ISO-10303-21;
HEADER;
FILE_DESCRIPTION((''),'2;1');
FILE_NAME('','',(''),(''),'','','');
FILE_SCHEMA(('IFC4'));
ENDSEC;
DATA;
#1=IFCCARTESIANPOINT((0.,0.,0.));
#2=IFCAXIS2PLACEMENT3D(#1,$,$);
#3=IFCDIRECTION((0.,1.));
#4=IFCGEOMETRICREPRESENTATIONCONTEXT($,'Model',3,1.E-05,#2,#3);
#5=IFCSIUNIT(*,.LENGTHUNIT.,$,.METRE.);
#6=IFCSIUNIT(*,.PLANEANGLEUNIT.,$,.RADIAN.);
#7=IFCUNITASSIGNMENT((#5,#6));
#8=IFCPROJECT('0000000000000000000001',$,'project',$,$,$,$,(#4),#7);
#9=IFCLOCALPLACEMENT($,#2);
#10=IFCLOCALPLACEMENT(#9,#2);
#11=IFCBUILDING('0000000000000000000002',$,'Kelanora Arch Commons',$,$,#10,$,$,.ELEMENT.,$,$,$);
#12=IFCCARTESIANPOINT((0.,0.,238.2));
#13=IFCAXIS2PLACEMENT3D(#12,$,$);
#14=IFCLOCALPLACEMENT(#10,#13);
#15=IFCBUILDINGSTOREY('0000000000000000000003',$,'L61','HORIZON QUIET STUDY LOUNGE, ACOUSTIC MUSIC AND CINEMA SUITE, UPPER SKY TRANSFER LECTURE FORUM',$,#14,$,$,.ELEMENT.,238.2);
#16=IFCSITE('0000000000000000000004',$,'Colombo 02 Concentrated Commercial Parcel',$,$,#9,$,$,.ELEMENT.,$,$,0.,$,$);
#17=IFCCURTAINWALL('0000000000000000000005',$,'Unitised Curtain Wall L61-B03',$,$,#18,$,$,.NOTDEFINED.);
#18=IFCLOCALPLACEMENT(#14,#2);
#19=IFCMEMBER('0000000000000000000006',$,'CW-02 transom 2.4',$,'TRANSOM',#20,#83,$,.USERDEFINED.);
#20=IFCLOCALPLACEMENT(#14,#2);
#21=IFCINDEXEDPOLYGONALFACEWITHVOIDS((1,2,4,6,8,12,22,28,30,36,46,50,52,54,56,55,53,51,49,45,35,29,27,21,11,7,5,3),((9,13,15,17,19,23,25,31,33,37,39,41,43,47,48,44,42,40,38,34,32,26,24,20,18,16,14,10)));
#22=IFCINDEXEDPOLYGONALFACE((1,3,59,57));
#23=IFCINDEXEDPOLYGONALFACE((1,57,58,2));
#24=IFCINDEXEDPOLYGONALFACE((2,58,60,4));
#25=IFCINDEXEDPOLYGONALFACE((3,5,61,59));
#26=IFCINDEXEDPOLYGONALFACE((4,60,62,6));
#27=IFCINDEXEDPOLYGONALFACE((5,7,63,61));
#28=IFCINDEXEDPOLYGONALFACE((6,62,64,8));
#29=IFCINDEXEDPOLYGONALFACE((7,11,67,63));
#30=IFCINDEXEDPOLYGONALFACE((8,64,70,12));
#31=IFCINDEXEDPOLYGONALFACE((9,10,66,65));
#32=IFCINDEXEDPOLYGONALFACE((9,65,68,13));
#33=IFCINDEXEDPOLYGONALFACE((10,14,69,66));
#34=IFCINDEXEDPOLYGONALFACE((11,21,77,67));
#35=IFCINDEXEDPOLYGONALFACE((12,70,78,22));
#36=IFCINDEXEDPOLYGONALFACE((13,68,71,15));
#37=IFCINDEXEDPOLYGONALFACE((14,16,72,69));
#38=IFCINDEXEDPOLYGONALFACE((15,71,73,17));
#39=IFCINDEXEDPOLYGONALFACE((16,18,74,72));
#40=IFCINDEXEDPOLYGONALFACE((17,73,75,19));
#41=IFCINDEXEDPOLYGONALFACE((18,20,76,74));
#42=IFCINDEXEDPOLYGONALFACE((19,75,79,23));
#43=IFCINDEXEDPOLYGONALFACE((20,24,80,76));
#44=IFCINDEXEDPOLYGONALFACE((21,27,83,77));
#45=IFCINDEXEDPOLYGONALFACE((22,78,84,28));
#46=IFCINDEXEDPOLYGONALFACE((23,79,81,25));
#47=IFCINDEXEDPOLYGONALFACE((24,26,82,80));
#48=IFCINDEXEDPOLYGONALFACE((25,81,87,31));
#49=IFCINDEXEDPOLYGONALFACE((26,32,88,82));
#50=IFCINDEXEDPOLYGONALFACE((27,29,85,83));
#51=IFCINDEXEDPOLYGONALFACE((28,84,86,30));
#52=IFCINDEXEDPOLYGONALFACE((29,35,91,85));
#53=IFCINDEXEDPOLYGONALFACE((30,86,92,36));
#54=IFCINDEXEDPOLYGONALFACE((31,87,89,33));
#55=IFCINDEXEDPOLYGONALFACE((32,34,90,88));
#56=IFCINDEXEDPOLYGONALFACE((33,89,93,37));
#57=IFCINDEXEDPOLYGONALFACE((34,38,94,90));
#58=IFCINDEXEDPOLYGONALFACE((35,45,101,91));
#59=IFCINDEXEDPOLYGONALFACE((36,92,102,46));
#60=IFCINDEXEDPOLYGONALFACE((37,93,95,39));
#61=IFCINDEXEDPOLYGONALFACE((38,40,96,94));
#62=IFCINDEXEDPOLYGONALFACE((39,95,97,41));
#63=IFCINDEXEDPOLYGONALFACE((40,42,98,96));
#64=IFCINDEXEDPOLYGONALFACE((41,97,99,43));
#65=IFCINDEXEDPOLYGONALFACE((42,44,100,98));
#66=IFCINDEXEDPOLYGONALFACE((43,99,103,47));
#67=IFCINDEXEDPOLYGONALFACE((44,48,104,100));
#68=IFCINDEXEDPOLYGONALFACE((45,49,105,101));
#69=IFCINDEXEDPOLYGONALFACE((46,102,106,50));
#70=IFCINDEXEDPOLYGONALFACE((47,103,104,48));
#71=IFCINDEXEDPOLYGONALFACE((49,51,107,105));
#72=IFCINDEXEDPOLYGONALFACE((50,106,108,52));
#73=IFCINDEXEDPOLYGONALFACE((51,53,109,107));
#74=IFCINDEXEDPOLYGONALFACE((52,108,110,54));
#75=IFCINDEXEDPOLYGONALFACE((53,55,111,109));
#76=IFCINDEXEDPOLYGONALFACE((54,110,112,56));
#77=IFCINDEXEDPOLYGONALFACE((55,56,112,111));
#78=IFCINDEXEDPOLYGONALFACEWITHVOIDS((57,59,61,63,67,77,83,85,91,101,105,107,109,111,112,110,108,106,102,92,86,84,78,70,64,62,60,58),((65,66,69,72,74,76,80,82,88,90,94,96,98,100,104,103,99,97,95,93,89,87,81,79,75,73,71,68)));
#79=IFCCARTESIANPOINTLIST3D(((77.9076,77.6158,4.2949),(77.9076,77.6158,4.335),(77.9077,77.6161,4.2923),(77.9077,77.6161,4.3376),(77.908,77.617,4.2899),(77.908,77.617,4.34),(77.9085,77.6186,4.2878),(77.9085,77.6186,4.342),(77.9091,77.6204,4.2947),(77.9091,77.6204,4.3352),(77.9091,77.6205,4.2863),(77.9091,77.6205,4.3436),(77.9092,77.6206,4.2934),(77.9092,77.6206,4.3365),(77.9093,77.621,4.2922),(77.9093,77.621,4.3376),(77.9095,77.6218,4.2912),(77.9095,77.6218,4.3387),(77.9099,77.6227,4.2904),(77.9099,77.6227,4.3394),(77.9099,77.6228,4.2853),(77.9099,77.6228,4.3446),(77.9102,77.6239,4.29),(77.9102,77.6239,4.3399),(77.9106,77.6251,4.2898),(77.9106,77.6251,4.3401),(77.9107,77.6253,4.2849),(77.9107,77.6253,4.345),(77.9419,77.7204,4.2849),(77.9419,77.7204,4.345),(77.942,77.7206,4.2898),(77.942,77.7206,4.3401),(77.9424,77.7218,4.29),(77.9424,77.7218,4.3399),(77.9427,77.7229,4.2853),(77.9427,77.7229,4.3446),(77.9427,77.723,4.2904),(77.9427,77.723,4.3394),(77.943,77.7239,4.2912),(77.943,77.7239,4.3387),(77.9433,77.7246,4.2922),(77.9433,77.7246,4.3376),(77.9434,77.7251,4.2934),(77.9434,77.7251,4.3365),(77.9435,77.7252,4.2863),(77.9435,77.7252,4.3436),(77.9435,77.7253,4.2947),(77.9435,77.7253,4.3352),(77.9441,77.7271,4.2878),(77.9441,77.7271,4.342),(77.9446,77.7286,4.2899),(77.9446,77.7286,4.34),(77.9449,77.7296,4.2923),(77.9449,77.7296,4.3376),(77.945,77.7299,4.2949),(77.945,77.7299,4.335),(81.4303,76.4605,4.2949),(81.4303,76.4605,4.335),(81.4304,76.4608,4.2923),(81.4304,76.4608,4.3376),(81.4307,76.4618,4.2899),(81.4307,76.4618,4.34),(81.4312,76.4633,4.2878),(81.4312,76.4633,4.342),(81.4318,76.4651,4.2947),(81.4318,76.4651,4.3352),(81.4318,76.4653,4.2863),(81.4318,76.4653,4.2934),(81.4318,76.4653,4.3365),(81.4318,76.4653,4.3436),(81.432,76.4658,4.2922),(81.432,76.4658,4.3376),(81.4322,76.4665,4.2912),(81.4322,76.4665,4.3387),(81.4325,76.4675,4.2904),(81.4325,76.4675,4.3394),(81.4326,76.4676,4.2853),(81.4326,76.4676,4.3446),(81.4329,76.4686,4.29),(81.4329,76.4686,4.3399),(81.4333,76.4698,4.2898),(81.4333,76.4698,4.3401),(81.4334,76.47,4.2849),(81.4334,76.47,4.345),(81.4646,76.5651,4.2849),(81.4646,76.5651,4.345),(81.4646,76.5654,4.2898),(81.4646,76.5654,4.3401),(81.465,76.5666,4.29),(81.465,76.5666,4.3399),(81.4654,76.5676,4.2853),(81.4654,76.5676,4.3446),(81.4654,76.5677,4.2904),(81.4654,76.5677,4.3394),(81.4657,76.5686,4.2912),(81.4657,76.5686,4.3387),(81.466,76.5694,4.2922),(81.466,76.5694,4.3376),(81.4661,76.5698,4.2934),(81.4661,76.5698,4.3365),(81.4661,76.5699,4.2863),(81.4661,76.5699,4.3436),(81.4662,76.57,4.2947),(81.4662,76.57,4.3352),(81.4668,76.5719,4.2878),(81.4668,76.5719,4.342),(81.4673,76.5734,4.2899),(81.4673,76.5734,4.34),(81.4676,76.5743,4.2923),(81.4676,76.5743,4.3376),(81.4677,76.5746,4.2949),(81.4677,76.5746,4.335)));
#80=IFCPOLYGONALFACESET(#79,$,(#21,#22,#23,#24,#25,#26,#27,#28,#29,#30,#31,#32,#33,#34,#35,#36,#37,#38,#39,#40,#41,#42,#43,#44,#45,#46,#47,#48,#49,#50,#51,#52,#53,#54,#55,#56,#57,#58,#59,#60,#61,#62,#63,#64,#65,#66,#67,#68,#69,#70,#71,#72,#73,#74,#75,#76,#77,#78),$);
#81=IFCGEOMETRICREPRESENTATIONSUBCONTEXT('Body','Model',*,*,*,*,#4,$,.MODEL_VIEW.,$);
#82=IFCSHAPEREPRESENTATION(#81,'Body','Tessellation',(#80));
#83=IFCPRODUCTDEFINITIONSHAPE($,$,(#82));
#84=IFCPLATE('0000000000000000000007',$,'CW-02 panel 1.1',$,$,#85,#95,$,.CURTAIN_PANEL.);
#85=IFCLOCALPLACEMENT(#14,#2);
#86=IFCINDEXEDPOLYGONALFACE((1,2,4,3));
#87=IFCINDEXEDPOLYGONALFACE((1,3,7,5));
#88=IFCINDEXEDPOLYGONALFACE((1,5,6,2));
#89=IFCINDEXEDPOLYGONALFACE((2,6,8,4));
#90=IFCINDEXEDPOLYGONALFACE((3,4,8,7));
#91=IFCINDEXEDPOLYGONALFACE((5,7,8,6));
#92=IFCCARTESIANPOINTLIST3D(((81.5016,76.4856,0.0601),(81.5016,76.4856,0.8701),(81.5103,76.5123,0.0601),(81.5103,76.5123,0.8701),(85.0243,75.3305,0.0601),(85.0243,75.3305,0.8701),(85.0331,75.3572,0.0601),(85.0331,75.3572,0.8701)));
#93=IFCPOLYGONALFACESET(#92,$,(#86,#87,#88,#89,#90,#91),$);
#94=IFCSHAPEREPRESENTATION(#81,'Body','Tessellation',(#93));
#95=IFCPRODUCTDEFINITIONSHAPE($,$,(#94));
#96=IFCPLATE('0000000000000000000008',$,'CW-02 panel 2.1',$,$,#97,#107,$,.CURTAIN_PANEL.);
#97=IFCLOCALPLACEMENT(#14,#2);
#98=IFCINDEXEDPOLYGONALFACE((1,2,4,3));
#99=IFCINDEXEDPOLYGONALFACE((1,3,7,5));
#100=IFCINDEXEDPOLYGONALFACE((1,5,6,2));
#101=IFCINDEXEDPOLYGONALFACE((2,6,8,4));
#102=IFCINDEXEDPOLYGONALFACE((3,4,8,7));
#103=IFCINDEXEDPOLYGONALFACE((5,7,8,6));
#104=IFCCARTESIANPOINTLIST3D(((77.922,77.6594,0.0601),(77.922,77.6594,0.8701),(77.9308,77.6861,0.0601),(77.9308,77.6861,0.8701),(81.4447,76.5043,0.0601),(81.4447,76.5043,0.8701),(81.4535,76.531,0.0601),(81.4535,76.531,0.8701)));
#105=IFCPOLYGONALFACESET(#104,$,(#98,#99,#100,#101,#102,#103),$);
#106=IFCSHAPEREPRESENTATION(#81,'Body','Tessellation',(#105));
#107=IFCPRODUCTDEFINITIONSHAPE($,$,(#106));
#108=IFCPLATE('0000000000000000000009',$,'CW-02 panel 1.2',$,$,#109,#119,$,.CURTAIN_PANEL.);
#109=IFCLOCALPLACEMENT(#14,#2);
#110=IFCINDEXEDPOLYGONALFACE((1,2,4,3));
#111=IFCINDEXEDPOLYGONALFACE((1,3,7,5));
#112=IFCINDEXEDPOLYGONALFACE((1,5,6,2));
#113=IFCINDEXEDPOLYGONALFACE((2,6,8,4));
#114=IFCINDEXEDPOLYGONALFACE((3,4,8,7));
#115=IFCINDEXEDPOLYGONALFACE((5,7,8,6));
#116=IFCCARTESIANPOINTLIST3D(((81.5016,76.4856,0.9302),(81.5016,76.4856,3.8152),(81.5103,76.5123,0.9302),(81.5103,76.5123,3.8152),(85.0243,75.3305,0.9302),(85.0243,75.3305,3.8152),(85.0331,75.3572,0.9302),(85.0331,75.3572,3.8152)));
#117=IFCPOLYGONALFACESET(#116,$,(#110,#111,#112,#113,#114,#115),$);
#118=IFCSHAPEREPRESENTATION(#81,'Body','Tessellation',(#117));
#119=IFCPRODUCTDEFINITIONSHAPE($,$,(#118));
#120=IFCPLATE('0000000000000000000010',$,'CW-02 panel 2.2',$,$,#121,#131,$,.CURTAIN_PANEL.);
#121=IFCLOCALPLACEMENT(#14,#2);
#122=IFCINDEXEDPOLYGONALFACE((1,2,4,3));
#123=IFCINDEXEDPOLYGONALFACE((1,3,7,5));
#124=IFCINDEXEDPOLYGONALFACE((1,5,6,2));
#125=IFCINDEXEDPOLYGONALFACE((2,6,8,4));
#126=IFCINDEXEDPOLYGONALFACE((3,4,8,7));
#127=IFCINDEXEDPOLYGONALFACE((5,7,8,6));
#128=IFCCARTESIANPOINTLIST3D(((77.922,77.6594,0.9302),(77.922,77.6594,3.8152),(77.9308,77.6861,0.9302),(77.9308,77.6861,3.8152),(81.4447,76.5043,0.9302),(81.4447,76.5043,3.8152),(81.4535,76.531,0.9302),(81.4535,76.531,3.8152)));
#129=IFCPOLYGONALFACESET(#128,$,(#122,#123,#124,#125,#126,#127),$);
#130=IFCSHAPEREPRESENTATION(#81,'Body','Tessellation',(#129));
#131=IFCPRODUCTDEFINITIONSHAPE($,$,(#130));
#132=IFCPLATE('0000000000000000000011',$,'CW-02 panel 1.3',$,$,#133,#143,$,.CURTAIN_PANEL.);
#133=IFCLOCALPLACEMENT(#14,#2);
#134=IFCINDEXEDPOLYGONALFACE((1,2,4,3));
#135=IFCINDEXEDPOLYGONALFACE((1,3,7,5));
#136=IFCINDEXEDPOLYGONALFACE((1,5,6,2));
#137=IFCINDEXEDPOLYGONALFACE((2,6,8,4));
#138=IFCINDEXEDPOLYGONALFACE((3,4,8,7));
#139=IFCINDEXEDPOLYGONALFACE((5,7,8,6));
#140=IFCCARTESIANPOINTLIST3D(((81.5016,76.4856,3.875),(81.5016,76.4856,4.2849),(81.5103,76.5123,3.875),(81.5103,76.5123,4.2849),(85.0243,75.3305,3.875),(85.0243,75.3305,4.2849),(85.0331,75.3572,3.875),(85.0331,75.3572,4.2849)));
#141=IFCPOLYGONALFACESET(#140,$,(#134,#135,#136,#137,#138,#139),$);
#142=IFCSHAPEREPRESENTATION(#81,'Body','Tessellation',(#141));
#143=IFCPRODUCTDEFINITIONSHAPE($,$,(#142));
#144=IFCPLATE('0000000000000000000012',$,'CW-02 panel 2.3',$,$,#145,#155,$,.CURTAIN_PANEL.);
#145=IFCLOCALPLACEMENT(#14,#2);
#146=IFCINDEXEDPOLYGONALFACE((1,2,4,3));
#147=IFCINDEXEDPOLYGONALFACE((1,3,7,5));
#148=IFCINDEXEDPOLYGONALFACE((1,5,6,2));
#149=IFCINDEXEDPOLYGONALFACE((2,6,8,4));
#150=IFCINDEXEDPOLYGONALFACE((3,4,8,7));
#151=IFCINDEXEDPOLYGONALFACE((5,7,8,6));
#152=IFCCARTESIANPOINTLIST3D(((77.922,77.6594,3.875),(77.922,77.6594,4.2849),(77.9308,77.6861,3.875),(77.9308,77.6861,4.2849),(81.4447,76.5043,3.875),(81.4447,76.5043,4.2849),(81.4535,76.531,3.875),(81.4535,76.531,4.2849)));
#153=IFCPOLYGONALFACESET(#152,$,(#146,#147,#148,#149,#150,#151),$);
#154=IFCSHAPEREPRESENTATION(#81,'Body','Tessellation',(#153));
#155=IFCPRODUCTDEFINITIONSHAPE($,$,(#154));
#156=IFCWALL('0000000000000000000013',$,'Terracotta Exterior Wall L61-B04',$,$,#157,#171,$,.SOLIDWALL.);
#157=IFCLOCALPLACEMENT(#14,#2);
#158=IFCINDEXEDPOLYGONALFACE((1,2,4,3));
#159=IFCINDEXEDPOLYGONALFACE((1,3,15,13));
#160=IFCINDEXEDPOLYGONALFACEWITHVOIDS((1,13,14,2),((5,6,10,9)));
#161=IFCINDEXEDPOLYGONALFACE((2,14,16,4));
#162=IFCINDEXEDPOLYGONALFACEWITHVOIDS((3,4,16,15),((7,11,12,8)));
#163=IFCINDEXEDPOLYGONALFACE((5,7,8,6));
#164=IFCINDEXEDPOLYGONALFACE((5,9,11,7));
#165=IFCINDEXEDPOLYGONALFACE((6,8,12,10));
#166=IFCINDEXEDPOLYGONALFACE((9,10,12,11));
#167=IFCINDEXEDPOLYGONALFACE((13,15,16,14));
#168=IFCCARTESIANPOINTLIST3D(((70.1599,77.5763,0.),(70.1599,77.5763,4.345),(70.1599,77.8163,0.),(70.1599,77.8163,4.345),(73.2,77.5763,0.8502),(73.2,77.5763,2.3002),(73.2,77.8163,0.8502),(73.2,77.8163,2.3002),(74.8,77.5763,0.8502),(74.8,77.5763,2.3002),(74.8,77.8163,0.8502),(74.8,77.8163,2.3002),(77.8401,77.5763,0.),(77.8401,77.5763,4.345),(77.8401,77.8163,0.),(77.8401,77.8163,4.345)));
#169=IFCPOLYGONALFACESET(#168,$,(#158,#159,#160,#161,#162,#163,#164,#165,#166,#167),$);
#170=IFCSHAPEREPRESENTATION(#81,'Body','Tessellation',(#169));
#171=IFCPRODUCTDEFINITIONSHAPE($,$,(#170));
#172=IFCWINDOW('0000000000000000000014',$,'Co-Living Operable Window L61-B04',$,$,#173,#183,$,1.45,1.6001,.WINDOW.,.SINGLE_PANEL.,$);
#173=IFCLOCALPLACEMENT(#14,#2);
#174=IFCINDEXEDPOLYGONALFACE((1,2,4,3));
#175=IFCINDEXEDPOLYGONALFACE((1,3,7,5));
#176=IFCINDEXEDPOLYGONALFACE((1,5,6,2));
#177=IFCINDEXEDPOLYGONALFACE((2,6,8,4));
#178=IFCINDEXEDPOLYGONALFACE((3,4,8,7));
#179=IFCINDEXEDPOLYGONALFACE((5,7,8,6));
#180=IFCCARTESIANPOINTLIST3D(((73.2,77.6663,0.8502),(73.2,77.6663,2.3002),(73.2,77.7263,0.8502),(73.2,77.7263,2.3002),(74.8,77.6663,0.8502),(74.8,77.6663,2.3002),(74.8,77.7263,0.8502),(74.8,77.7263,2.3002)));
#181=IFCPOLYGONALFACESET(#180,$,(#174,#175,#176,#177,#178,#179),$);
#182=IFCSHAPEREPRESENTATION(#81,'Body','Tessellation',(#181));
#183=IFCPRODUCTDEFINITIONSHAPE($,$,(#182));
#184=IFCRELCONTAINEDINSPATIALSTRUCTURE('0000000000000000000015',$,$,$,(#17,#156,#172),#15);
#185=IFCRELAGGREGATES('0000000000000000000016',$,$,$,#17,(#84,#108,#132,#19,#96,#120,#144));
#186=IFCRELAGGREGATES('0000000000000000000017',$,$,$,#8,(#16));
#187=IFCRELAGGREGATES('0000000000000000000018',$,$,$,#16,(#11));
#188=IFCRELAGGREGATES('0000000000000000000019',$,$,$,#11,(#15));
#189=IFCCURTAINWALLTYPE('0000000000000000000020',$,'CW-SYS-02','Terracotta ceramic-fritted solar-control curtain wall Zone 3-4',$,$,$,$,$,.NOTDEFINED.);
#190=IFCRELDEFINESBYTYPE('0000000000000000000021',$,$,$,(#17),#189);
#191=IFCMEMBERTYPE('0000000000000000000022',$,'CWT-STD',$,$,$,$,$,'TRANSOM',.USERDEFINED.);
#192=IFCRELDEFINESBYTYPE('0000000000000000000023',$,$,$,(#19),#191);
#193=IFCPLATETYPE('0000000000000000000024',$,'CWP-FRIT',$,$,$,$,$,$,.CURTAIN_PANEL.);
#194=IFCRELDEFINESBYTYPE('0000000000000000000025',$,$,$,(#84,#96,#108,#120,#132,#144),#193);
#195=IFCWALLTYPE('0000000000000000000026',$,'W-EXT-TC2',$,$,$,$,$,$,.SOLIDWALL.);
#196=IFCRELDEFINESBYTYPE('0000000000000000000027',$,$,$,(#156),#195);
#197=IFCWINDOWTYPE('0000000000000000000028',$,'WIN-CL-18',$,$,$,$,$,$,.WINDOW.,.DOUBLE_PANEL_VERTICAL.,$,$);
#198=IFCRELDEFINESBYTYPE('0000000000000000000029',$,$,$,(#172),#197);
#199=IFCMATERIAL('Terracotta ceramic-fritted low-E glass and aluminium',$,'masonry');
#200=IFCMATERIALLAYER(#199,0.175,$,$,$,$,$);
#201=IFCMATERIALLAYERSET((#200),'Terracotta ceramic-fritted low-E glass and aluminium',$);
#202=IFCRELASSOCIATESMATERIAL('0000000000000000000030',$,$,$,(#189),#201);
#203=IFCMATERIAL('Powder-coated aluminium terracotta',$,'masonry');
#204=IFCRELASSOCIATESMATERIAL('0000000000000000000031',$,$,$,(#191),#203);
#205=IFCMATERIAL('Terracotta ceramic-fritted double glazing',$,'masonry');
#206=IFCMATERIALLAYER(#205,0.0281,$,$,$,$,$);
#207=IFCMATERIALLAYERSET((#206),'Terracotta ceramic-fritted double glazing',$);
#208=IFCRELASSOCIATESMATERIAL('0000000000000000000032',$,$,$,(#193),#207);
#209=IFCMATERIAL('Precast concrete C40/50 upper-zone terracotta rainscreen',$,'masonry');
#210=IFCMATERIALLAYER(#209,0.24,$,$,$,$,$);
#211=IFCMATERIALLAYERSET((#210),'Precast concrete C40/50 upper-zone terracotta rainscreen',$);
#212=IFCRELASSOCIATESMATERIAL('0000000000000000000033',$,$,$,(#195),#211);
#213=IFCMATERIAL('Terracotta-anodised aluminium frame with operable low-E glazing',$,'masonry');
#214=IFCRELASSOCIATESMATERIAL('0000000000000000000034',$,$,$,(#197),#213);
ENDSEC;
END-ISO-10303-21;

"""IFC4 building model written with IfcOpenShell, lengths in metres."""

from ifc_helpers import new_model, si_unit, direction, frame, frame_2d, origin, origin_2d, place, context, subcontext, project, spatial, rectangle, hollow_rectangle, extrude, source, transform, mapped, material, layer, layer_set, material_profile, profile_set, type_object, element, fill, aggregate, save


model = new_model("IFC4")

# Units and contexts
model_context = context("Model", 3, precision=1e-05, world=origin(), true_north=direction((0.0, 1.0)))
body_context = subcontext(model_context, "Body", "Model", "MODEL_VIEW")
ifc_project = project(units=[si_unit("LENGTHUNIT", "METRE"), si_unit("PLANEANGLEUNIT", "RADIAN")], contexts=[model_context])

# Site, building, storey
site_placement = place(None, origin())
site = spatial("IfcSite", under=ifc_project, at=site_placement, Name="Colombo 02 Concentrated Commercial Parcel", CompositionType="ELEMENT", RefElevation=0.0)
building_placement = place(site_placement, origin())
building = spatial("IfcBuilding", under=site, at=building_placement, Name="Kelanora Arch Commons", CompositionType="ELEMENT")
storey_placement = place(building_placement, frame((0.0, 0.0, 238.2)))
storey = spatial("IfcBuildingStorey", under=building, at=storey_placement, Name="L61", Description="HORIZON QUIET STUDY LOUNGE, ACOUSTIC MUSIC AND CINEMA SUITE, UPPER SKY TRANSFER LECTURE FORUM", CompositionType="ELEMENT", Elevation=238.2)

# Curtain wall, member, plates
ifc_material_1 = material(Name="Terracotta ceramic-fritted low-E glass and aluminium", Category="masonry")
ifc_layer_1 = layer(ifc_material_1, 0.175)
ifc_layer_set_1 = layer_set([ifc_layer_1], Name="Terracotta ceramic-fritted low-E glass and aluminium")
curtain_wall_type = type_object("IfcCurtainWallType", Name="CW-SYS-02", Description="Terracotta ceramic-fritted solar-control curtain wall Zone 3-4", PredefinedType="NOTDEFINED", material=ifc_layer_set_1)
curtain_wall_placement = place(storey_placement, origin())
curtain_wall = element("IfcCurtainWall", 1, at=curtain_wall_placement, inside=storey, type_object=curtain_wall_type, Name="Unitised Curtain Wall L61-B03", PredefinedType="NOTDEFINED")
ifc_material_2 = material(Name="Powder-coated aluminium terracotta", Category="masonry")
ifc_material_profile_1 = material_profile(ifc_material_2, hollow_rectangle(XDim=0.1201, YDim=0.0601, WallThickness=0.0049, InnerFilletRadius=0.0049, OuterFilletRadius=0.01, at=origin_2d()), Name="CWT120x60")
ifc_profile_set_1 = profile_set([ifc_material_profile_1], Name="Powder-coated aluminium terracotta")
member_type_1 = type_object("IfcMemberType", Name="CWT-STD", ElementType="TRANSOM", PredefinedType="USERDEFINED", material=ifc_profile_set_1)
member_1_placement = place(storey_placement, frame((81.449, 76.5176, 4.3149), z_axis=(-0.950207, 0.311621, 0.0), x_axis=(-0.311621, -0.950207, 0.0)))
member_1 = element("IfcMember", 2, at=member_1_placement, type_object=member_type_1, Name="CW-02 transom 2.4", ObjectType="TRANSOM", PredefinedType="USERDEFINED", context=body_context, shape_type="SweptSolid", body=[
    extrude(hollow_rectangle(XDim=0.1201, YDim=0.0601, WallThickness=0.0049, InnerFilletRadius=0.0049, OuterFilletRadius=0.01, at=origin_2d()), origin(), (0.0, 0.0, 1.0), 3.7073),
])
ifc_material_3 = material(Name="Terracotta ceramic-fritted double glazing", Category="masonry")
ifc_layer_2 = layer(ifc_material_3, 0.0281)
ifc_layer_set_2 = layer_set([ifc_layer_2], Name="Terracotta ceramic-fritted double glazing")
plate_type = type_object("IfcPlateType", Name="CWP-FRIT", PredefinedType="CURTAIN_PANEL", material=ifc_layer_set_2)
shared_shape_1 = source(origin(), body_context, "Body", "SweptSolid", [
    extrude(rectangle(XDim=3.7073, YDim=0.0281, at=origin_2d()), origin(), (0.0, 0.0, 1.0), 0.8101),
])
plate_1_placement = place(storey_placement, frame((83.2673, 75.9214, 0.0601), z_axis=(0.0, 0.0, 1.0), x_axis=(-0.950219, 0.311582, 0.0)))
plate_1 = element("IfcPlate", 3, at=plate_1_placement, type_object=plate_type, Name="CW-02 panel 1.1", PredefinedType="CURTAIN_PANEL", context=body_context, shape_type="MappedRepresentation", body=[
    mapped(shared_shape_1, transform((0.0, 0.0, 0.0), scale=1.0)),
])
plate_2_placement = place(storey_placement, frame((79.6877, 77.0952, 0.0601), z_axis=(0.0, 0.0, 1.0), x_axis=(-0.950219, 0.311582, 0.0)))
plate_2 = element("IfcPlate", 4, at=plate_2_placement, type_object=plate_type, Name="CW-02 panel 2.1", PredefinedType="CURTAIN_PANEL", context=body_context, shape_type="MappedRepresentation", body=[
    mapped(shared_shape_1, transform((0.0, 0.0, 0.0), scale=1.0)),
])
shared_shape_2 = source(origin(), body_context, "Body", "SweptSolid", [
    extrude(rectangle(XDim=3.7073, YDim=0.0281, at=origin_2d()), origin(), (0.0, 0.0, 1.0), 2.885),
])
plate_3_placement = place(storey_placement, frame((83.2673, 75.9214, 0.9302), z_axis=(0.0, 0.0, 1.0), x_axis=(-0.950219, 0.311582, 0.0)))
plate_3 = element("IfcPlate", 5, at=plate_3_placement, type_object=plate_type, Name="CW-02 panel 1.2", PredefinedType="CURTAIN_PANEL", context=body_context, shape_type="MappedRepresentation", body=[
    mapped(shared_shape_2, transform((0.0, 0.0, 0.0), scale=1.0)),
])
plate_4_placement = place(storey_placement, frame((79.6877, 77.0952, 0.9302), z_axis=(0.0, 0.0, 1.0), x_axis=(-0.950219, 0.311582, 0.0)))
plate_4 = element("IfcPlate", 6, at=plate_4_placement, type_object=plate_type, Name="CW-02 panel 2.2", PredefinedType="CURTAIN_PANEL", context=body_context, shape_type="MappedRepresentation", body=[
    mapped(shared_shape_2, transform((0.0, 0.0, 0.0), scale=1.0)),
])
shared_shape_3 = source(origin(), body_context, "Body", "SweptSolid", [
    extrude(rectangle(XDim=3.7073, YDim=0.0281, at=origin_2d()), origin(), (0.0, 0.0, 1.0), 0.4099),
])
plate_5_placement = place(storey_placement, frame((83.2673, 75.9214, 3.875), z_axis=(0.0, 0.0, 1.0), x_axis=(-0.950219, 0.311582, 0.0)))
plate_5 = element("IfcPlate", 7, at=plate_5_placement, type_object=plate_type, Name="CW-02 panel 1.3", PredefinedType="CURTAIN_PANEL", context=body_context, shape_type="MappedRepresentation", body=[
    mapped(shared_shape_3, transform((0.0, 0.0, 0.0), scale=1.0)),
])
plate_6_placement = place(storey_placement, frame((79.6877, 77.0952, 3.875), z_axis=(0.0, 0.0, 1.0), x_axis=(-0.950219, 0.311582, 0.0)))
plate_6 = element("IfcPlate", 8, at=plate_6_placement, type_object=plate_type, Name="CW-02 panel 2.3", PredefinedType="CURTAIN_PANEL", context=body_context, shape_type="MappedRepresentation", body=[
    mapped(shared_shape_3, transform((0.0, 0.0, 0.0), scale=1.0)),
])
aggregate(curtain_wall, [plate_1, plate_3, plate_5, member_1, plate_2, plate_4, plate_6])

# Wall, opening, window
ifc_material_4 = material(Name="Precast concrete C40/50 upper-zone terracotta rainscreen", Category="masonry")
ifc_layer_3 = layer(ifc_material_4, 0.24)
ifc_layer_set_3 = layer_set([ifc_layer_3], Name="Precast concrete C40/50 upper-zone terracotta rainscreen")
wall_type_1 = type_object("IfcWallType", Name="W-EXT-TC2", PredefinedType="SOLIDWALL", material=ifc_layer_set_3)
wall_1_placement = place(storey_placement, frame((77.8401, 77.6963, 0.0), z_axis=(0.0, 0.0, 1.0), x_axis=(-1.0, 0.0, 0.0)))
wall_1 = element("IfcWall", 9, at=wall_1_placement, inside=storey, type_object=wall_type_1, Name="Terracotta Exterior Wall L61-B04", PredefinedType="SOLIDWALL", context=body_context, shape_type="SweptSolid", body=[
    extrude(rectangle(XDim=7.6802, YDim=0.24, at=frame_2d((3.8401, 0.0))), origin(), (0.0, 0.0, 1.0), 4.345),
])
opening_1_placement = place(wall_1_placement, frame((3.04, 0.0, 0.8501)))
opening_1 = element("IfcOpeningElement", 10, at=opening_1_placement, cuts=wall_1, PredefinedType="OPENING", context=body_context, shape_type="SweptSolid", body=[
    extrude(rectangle(XDim=1.6001, YDim=1.45, at=frame_2d((0.8, 0.7251))), frame((0.0, 0.1299, 0.0), z_axis=(0.0, -1.0, 0.0), x_axis=(1.0, 0.0, 0.0)), (0.0, 0.0, 1.0), 0.26),
])
ifc_material_5 = material(Name="Terracotta-anodised aluminium frame with operable low-E glazing", Category="masonry")
window_type = type_object("IfcWindowType", Name="WIN-CL-18", PartitioningType="DOUBLE_PANEL_VERTICAL", PredefinedType="WINDOW", material=ifc_material_5)
window_placement = place(opening_1_placement, origin())
window = element("IfcWindow", 11, at=window_placement, inside=storey, type_object=window_type, Name="Co-Living Operable Window L61-B04", OverallHeight=1.45, OverallWidth=1.6001, PartitioningType="SINGLE_PANEL", PredefinedType="WINDOW", context=body_context, shape_type="SweptSolid", body=[
    extrude(rectangle(XDim=1.6001, YDim=1.45, at=frame_2d((0.8, 0.7251))), frame((0.0, 0.03, 0.0), z_axis=(0.0, -1.0, 0.0), x_axis=(1.0, 0.0, 0.0)), (0.0, 0.0, 1.0), 0.0601),
])
fill(opening_1, window)

save(model, "model.ifc")
